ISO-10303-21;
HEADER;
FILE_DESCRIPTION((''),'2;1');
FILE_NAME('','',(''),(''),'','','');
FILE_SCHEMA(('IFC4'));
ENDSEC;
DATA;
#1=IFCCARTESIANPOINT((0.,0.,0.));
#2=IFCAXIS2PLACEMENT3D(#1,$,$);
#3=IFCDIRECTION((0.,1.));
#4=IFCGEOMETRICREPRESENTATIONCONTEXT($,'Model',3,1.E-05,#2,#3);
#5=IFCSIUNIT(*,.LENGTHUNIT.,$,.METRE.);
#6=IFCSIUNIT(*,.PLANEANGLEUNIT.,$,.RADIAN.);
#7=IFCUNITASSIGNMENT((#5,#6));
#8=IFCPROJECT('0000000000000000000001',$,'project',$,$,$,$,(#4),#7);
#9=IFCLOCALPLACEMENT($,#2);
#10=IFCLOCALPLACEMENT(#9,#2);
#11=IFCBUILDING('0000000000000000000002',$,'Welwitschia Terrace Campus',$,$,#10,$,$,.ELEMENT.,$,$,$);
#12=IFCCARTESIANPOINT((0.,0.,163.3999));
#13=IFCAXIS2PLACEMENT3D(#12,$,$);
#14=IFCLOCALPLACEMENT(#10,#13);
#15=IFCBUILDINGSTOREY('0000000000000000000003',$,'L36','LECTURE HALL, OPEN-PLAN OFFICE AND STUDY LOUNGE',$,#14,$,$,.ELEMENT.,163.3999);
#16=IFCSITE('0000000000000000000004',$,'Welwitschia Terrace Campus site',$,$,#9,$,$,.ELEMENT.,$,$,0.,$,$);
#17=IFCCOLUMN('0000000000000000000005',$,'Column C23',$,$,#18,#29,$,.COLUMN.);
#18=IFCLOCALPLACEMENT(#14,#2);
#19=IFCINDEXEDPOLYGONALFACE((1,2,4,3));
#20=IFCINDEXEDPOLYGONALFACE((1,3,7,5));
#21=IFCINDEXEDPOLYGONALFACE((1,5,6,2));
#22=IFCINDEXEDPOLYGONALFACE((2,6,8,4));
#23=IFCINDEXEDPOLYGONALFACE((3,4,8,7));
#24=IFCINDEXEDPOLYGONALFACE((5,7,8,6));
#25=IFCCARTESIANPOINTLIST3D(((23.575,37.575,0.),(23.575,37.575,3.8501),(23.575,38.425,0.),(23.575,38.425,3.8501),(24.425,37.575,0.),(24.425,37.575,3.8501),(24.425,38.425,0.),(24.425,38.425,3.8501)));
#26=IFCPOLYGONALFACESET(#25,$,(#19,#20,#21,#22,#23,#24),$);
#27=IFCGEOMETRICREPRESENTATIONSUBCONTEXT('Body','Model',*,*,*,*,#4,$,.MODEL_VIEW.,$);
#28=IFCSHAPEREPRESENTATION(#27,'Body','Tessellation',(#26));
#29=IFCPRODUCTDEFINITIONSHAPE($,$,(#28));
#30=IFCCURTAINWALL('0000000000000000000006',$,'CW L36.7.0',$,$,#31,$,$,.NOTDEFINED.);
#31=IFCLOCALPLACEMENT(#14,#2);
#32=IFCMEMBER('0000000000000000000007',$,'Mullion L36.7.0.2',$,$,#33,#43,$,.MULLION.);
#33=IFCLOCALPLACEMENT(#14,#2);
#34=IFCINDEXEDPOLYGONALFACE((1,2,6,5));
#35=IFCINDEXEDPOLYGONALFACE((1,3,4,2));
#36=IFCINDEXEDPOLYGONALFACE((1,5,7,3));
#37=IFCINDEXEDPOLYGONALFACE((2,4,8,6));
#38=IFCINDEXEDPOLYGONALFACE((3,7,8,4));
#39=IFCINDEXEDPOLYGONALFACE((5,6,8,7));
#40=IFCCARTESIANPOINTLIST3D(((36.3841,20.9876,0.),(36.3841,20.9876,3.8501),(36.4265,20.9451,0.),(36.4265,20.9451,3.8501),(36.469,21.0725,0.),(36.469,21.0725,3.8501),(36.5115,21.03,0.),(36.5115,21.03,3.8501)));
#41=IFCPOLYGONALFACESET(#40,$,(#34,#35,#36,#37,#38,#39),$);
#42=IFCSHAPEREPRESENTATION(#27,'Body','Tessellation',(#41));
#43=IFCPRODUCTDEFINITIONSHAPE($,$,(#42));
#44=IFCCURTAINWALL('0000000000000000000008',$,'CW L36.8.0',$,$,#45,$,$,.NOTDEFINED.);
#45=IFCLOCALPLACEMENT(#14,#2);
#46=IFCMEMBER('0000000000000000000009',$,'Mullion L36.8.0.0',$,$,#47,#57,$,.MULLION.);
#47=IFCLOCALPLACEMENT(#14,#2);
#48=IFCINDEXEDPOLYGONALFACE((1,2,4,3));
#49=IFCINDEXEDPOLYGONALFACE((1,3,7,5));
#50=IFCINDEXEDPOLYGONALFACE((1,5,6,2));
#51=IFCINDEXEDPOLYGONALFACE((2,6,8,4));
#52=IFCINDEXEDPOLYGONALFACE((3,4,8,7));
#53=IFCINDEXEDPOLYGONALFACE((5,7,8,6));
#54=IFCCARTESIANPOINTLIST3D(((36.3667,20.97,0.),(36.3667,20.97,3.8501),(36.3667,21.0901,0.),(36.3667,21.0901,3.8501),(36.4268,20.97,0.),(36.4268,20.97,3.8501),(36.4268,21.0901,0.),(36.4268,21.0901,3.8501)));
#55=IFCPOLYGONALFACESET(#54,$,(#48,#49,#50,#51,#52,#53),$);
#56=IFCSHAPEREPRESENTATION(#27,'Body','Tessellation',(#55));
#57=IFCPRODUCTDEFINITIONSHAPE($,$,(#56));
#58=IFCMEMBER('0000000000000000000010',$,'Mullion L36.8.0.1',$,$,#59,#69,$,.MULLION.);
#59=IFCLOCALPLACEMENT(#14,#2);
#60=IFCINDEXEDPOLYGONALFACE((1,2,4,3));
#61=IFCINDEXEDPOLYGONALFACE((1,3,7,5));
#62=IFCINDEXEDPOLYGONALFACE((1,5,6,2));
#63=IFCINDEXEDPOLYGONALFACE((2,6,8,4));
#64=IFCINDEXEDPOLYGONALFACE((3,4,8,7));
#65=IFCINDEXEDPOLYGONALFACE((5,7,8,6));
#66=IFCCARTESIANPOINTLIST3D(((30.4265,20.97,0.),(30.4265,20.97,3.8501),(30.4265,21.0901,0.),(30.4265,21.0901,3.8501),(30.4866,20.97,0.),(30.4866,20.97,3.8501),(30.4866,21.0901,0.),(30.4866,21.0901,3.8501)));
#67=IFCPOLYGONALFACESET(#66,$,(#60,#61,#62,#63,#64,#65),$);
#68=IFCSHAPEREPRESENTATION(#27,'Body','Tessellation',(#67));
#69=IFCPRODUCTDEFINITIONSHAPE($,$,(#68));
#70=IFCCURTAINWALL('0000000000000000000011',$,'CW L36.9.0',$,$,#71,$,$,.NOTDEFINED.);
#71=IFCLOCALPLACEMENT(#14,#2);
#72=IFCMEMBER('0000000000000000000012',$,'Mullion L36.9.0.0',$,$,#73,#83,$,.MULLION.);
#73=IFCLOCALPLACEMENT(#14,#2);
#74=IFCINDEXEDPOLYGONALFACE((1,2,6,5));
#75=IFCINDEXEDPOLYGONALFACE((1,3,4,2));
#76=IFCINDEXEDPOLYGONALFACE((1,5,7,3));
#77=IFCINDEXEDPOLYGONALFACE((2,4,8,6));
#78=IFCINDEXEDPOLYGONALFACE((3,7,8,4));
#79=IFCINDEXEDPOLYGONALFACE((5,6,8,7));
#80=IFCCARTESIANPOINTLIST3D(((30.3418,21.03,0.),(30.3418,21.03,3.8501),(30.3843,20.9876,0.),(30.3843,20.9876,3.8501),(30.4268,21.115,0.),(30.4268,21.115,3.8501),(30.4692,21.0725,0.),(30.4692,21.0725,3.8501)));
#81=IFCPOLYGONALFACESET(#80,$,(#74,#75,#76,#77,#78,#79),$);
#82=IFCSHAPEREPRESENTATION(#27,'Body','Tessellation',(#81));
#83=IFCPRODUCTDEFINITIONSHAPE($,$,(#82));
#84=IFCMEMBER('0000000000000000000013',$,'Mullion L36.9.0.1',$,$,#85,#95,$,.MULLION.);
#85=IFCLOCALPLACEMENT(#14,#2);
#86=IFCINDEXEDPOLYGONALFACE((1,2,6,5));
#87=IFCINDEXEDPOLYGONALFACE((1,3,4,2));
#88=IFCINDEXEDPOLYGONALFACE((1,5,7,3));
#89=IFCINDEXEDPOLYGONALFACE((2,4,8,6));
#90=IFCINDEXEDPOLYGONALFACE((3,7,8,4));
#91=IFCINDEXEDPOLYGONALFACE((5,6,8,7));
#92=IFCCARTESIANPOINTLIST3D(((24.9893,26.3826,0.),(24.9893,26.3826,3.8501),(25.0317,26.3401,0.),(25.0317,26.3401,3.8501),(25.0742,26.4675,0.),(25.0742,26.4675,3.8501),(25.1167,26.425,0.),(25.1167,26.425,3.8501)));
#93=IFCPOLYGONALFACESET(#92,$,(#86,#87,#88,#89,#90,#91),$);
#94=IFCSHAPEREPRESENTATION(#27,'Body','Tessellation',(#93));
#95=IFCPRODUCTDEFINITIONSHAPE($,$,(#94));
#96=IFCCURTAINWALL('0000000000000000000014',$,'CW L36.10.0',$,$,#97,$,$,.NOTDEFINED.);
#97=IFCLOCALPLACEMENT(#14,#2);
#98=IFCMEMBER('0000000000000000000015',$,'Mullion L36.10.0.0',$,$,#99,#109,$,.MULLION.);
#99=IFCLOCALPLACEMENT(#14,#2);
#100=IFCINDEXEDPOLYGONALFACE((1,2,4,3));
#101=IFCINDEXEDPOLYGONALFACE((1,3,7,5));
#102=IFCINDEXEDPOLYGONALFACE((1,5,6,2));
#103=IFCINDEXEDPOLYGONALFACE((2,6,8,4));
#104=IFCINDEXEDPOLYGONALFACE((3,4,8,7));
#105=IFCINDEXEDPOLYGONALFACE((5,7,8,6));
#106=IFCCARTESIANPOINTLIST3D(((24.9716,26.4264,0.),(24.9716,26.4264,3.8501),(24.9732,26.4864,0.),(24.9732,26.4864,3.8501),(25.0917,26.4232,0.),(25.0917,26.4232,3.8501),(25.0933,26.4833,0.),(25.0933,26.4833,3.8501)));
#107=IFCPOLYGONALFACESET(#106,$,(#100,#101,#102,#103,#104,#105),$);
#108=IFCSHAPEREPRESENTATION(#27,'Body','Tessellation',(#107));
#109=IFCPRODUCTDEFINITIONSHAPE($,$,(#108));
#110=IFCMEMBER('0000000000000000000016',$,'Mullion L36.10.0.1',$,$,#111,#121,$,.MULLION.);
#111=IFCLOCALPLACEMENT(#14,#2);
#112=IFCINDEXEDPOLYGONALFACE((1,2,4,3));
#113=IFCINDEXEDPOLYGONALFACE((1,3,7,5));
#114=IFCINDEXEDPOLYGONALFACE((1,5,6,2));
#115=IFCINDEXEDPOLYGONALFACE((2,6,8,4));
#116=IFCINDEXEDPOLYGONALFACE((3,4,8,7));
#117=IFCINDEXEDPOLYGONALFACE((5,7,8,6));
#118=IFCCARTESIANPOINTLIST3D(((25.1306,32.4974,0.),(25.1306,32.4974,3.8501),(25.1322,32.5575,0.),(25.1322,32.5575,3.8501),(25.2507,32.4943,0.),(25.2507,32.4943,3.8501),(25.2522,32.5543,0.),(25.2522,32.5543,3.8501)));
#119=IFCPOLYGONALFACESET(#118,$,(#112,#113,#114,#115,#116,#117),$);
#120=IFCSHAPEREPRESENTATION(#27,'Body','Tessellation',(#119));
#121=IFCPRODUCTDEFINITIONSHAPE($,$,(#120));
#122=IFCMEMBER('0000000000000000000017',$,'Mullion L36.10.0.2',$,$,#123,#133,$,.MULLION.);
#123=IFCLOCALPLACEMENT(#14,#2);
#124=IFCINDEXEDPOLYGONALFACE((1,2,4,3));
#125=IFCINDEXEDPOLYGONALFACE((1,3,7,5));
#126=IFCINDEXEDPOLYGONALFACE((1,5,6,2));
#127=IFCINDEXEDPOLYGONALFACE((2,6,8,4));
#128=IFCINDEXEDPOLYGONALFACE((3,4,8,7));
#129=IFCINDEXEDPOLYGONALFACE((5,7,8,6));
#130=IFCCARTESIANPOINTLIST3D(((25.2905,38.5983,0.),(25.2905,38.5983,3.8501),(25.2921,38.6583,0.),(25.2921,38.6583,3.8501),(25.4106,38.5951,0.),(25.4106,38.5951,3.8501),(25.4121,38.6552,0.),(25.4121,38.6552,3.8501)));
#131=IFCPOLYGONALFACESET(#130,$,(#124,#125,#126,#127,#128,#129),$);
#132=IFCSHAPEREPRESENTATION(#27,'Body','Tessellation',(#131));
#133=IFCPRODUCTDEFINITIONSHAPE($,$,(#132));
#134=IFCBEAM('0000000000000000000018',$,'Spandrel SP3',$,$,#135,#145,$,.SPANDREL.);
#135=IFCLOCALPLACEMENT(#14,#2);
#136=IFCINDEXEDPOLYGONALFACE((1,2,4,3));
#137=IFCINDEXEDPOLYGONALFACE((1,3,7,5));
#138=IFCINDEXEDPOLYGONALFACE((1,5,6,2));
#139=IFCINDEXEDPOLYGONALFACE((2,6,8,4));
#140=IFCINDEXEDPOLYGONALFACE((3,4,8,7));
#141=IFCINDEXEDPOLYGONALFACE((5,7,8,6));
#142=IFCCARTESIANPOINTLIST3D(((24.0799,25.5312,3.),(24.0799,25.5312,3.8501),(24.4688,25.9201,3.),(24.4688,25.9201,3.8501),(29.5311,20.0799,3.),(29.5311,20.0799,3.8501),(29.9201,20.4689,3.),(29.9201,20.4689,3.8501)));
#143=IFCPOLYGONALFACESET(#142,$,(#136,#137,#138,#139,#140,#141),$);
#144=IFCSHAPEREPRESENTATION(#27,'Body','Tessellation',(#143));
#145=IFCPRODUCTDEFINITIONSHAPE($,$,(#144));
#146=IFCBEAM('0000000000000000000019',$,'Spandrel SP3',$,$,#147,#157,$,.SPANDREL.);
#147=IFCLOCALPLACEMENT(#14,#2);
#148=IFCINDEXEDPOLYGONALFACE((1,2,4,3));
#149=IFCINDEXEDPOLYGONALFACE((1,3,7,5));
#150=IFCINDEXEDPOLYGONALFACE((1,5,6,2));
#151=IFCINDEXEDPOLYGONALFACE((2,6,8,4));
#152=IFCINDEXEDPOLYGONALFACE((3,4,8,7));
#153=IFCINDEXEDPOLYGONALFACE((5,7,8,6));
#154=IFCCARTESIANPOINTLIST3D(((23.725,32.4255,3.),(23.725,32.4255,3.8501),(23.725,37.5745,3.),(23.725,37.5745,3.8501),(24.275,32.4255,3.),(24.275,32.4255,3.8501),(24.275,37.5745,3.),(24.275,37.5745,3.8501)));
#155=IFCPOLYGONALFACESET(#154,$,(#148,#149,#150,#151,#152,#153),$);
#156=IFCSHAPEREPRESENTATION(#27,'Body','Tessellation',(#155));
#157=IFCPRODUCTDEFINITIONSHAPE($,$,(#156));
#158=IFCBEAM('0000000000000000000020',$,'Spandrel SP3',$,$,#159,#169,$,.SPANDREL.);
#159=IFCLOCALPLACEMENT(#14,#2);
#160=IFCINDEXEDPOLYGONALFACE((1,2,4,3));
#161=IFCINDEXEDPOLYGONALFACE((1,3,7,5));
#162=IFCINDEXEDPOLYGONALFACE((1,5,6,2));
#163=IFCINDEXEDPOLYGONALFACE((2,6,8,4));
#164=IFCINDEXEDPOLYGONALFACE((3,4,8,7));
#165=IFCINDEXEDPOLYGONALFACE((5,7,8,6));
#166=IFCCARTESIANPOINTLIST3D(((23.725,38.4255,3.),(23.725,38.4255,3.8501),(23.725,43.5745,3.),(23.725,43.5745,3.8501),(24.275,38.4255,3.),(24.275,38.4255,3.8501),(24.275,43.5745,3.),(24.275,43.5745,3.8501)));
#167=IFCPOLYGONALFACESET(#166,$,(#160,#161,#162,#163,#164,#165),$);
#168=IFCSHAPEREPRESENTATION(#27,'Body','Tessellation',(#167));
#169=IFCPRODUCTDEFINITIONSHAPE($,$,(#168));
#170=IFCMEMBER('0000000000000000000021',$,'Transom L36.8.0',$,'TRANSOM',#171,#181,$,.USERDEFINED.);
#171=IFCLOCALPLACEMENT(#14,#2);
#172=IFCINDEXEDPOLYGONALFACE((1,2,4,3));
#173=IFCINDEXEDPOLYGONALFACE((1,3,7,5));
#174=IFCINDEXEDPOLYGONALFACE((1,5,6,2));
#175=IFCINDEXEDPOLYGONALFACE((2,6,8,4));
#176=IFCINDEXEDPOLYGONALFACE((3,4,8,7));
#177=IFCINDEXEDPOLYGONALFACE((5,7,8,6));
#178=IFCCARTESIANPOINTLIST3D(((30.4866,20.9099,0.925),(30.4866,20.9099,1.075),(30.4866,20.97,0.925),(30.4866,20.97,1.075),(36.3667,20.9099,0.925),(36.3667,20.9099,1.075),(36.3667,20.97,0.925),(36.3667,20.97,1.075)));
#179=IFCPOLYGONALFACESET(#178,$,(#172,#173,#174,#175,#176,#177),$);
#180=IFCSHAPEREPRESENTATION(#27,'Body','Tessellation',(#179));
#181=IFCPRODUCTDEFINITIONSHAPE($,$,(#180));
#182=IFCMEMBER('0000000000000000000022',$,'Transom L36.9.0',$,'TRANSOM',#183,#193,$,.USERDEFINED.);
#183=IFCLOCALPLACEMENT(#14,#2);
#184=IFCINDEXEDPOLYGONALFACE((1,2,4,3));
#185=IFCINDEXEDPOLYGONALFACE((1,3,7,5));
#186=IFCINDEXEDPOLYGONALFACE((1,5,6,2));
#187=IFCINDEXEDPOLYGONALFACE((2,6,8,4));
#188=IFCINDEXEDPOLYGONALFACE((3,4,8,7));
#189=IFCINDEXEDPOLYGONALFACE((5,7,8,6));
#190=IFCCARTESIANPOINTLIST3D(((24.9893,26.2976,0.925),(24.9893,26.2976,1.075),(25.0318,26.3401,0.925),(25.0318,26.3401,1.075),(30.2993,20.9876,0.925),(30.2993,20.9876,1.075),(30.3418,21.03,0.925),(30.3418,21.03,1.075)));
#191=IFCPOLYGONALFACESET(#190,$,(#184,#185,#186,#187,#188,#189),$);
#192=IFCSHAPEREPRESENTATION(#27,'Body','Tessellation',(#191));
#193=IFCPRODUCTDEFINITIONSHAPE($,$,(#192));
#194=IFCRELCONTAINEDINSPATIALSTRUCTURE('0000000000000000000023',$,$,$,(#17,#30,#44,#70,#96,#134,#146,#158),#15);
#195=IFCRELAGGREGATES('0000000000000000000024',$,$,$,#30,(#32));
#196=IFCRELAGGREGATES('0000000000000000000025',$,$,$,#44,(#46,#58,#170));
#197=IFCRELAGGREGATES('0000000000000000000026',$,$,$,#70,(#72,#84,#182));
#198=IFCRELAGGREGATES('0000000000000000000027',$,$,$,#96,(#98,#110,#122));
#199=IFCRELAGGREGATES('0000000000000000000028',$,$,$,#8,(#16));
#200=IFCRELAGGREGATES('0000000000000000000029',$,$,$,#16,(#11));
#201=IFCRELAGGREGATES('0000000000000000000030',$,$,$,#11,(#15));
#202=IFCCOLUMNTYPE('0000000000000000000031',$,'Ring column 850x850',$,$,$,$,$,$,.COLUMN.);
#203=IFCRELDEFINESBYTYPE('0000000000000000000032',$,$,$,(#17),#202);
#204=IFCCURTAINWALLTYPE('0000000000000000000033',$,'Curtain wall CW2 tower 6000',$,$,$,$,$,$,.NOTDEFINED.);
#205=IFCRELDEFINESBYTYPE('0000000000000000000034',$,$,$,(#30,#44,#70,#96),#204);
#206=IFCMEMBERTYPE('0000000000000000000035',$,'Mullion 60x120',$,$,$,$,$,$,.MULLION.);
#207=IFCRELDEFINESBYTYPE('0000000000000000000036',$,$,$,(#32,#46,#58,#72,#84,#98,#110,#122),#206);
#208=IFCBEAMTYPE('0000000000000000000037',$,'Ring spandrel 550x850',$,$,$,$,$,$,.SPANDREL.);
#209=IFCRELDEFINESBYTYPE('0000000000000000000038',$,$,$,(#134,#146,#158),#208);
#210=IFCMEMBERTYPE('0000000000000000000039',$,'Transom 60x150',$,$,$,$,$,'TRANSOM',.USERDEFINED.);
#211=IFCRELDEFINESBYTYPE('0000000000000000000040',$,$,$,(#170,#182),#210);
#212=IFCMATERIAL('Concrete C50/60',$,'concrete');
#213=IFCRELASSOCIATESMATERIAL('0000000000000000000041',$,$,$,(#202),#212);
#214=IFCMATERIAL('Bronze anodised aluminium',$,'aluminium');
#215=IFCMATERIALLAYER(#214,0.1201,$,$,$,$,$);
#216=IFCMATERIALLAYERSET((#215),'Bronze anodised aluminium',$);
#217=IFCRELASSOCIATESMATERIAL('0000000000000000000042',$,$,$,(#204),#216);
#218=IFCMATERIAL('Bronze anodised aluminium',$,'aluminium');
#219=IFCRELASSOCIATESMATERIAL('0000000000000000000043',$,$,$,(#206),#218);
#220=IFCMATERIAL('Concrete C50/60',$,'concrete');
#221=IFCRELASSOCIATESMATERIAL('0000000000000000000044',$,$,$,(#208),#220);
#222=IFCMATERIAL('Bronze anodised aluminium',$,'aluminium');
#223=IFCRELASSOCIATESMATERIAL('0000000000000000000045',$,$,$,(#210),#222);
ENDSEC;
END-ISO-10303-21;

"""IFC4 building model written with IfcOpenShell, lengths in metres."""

from ifc_helpers import new_model, si_unit, direction, frame, origin, origin_2d, place, context, subcontext, project, spatial, rectangle, extrude, material, layer, layer_set, material_profile, profile_set, type_object, element, aggregate, save


model = new_model("IFC4")

# Units and contexts
model_context = context("Model", 3, precision=1e-05, world=origin(), true_north=direction((0.0, 1.0)))
body_context = subcontext(model_context, "Body", "Model", "MODEL_VIEW")
ifc_project = project(units=[si_unit("LENGTHUNIT", "METRE"), si_unit("PLANEANGLEUNIT", "RADIAN")], contexts=[model_context])

# Site, building, storey
site_placement = place(None, origin())
site = spatial("IfcSite", under=ifc_project, at=site_placement, Name="Welwitschia Terrace Campus site", CompositionType="ELEMENT", RefElevation=0.0)
building_placement = place(site_placement, origin())
building = spatial("IfcBuilding", under=site, at=building_placement, Name="Welwitschia Terrace Campus", CompositionType="ELEMENT")
storey_placement = place(building_placement, frame((0.0, 0.0, 163.3999)))
storey = spatial("IfcBuildingStorey", under=building, at=storey_placement, Name="L36", Description="LECTURE HALL, OPEN-PLAN OFFICE AND STUDY LOUNGE", CompositionType="ELEMENT", Elevation=163.3999)

# Column
ifc_material_1 = material(Name="Concrete C50/60", Category="concrete")
ifc_material_profile_1 = material_profile(ifc_material_1, rectangle(XDim=0.8501, YDim=0.8501, at=origin_2d()))
ifc_profile_set_1 = profile_set([ifc_material_profile_1], Name="Concrete C50/60")
column_type = type_object("IfcColumnType", Name="Ring column 850x850", PredefinedType="COLUMN", material=ifc_profile_set_1)
column_placement = place(storey_placement, frame((24.0, 38.0, 0.0), z_axis=(0.0, 0.0, 1.0), x_axis=(1.0, 0.0, 0.0)))
element("IfcColumn", 1, at=column_placement, inside=storey, type_object=column_type, Name="Column C23", PredefinedType="COLUMN", context=body_context, shape_type="SweptSolid", body=[
    extrude(rectangle(XDim=0.8501, YDim=0.8501, at=origin_2d()), origin(), (0.0, 0.0, 1.0), 3.8501),
])

# Curtain wall, member
ifc_material_2 = material(Name="Bronze anodised aluminium", Category="aluminium")
ifc_layer_1 = layer(ifc_material_2, 0.1201)
ifc_layer_set_1 = layer_set([ifc_layer_1], Name="Bronze anodised aluminium")
curtain_wall_type = type_object("IfcCurtainWallType", Name="Curtain wall CW2 tower 6000", PredefinedType="NOTDEFINED", material=ifc_layer_set_1)
curtain_wall_1_placement = place(storey_placement, origin())
curtain_wall_1 = element("IfcCurtainWall", 2, at=curtain_wall_1_placement, inside=storey, type_object=curtain_wall_type, Name="CW L36.7.0", PredefinedType="NOTDEFINED")
ifc_material_3 = material(Name="Bronze anodised aluminium", Category="aluminium")
ifc_material_profile_2 = material_profile(ifc_material_3, rectangle(XDim=0.1201, YDim=0.0601, at=origin_2d()))
ifc_profile_set_2 = profile_set([ifc_material_profile_2], Name="Bronze anodised aluminium")
member_type_1 = type_object("IfcMemberType", Name="Mullion 60x120", PredefinedType="MULLION", material=ifc_profile_set_2)
member_1_placement = place(storey_placement, frame((36.4478, 21.0088, 0.0), z_axis=(0.0, 0.0, 1.0), x_axis=(-0.707107, -0.707107, 0.0)))
member_1 = element("IfcMember", 3, at=member_1_placement, type_object=member_type_1, Name="Mullion L36.7.0.2", PredefinedType="MULLION", context=body_context, shape_type="SweptSolid", body=[
    extrude(rectangle(XDim=0.1201, YDim=0.0601, at=origin_2d()), origin(), (0.0, 0.0, 1.0), 3.8501),
])
aggregate(curtain_wall_1, [member_1])

# Curtain walls, members
curtain_wall_2_placement = place(storey_placement, origin())
curtain_wall_2 = element("IfcCurtainWall", 4, at=curtain_wall_2_placement, inside=storey, type_object=curtain_wall_type, Name="CW L36.8.0", PredefinedType="NOTDEFINED")
member_2_placement = place(storey_placement, frame((36.3967, 21.03, 0.0), z_axis=(0.0, 0.0, 1.0), x_axis=(0.0, -1.0, 0.0)))
member_2 = element("IfcMember", 5, at=member_2_placement, type_object=member_type_1, Name="Mullion L36.8.0.0", PredefinedType="MULLION", context=body_context, shape_type="SweptSolid", body=[
    extrude(rectangle(XDim=0.1201, YDim=0.0601, at=origin_2d()), origin(), (0.0, 0.0, 1.0), 3.8501),
])
member_3_placement = place(storey_placement, frame((30.4565, 21.03, 0.0), z_axis=(0.0, 0.0, 1.0), x_axis=(0.0, -1.0, 0.0)))
member_3 = element("IfcMember", 6, at=member_3_placement, type_object=member_type_1, Name="Mullion L36.8.0.1", PredefinedType="MULLION", context=body_context, shape_type="SweptSolid", body=[
    extrude(rectangle(XDim=0.1201, YDim=0.0601, at=origin_2d()), origin(), (0.0, 0.0, 1.0), 3.8501),
])
curtain_wall_3_placement = place(storey_placement, origin())
curtain_wall_3 = element("IfcCurtainWall", 7, at=curtain_wall_3_placement, inside=storey, type_object=curtain_wall_type, Name="CW L36.9.0", PredefinedType="NOTDEFINED")
member_4_placement = place(storey_placement, frame((30.4055, 21.0513, 0.0), z_axis=(0.0, 0.0, 1.0), x_axis=(-0.707107, -0.707107, 0.0)))
member_4 = element("IfcMember", 8, at=member_4_placement, type_object=member_type_1, Name="Mullion L36.9.0.0", PredefinedType="MULLION", context=body_context, shape_type="SweptSolid", body=[
    extrude(rectangle(XDim=0.1201, YDim=0.0601, at=origin_2d()), origin(), (0.0, 0.0, 1.0), 3.8501),
])
member_5_placement = place(storey_placement, frame((25.053, 26.4038, 0.0), z_axis=(0.0, 0.0, 1.0), x_axis=(-0.707107, -0.707107, 0.0)))
member_5 = element("IfcMember", 9, at=member_5_placement, type_object=member_type_1, Name="Mullion L36.9.0.1", PredefinedType="MULLION", context=body_context, shape_type="SweptSolid", body=[
    extrude(rectangle(XDim=0.1201, YDim=0.0601, at=origin_2d()), origin(), (0.0, 0.0, 1.0), 3.8501),
])
curtain_wall_4_placement = place(storey_placement, origin())
curtain_wall_4 = element("IfcCurtainWall", 10, at=curtain_wall_4_placement, inside=storey, type_object=curtain_wall_type, Name="CW L36.10.0", PredefinedType="NOTDEFINED")
member_6_placement = place(storey_placement, frame((25.0325, 26.4548, 0.0), z_axis=(0.0, 0.0, 1.0), x_axis=(-0.999657, 0.026177, 0.0)))
member_6 = element("IfcMember", 11, at=member_6_placement, type_object=member_type_1, Name="Mullion L36.10.0.0", PredefinedType="MULLION", context=body_context, shape_type="SweptSolid", body=[
    extrude(rectangle(XDim=0.1201, YDim=0.0601, at=origin_2d()), origin(), (0.0, 0.0, 1.0), 3.8501),
])
member_7_placement = place(storey_placement, frame((25.1914, 32.5259, 0.0), z_axis=(0.0, 0.0, 1.0), x_axis=(-0.999657, 0.026177, 0.0)))
member_7 = element("IfcMember", 12, at=member_7_placement, type_object=member_type_1, Name="Mullion L36.10.0.1", PredefinedType="MULLION", context=body_context, shape_type="SweptSolid", body=[
    extrude(rectangle(XDim=0.1201, YDim=0.0601, at=origin_2d()), origin(), (0.0, 0.0, 1.0), 3.8501),
])
member_8_placement = place(storey_placement, frame((25.3513, 38.6267, 0.0), z_axis=(0.0, 0.0, 1.0), x_axis=(-0.999657, 0.026177, 0.0)))
member_8 = element("IfcMember", 13, at=member_8_placement, type_object=member_type_1, Name="Mullion L36.10.0.2", PredefinedType="MULLION", context=body_context, shape_type="SweptSolid", body=[
    extrude(rectangle(XDim=0.1201, YDim=0.0601, at=origin_2d()), origin(), (0.0, 0.0, 1.0), 3.8501),
])

# Beams
ifc_material_4 = material(Name="Concrete C50/60", Category="concrete")
ifc_material_profile_3 = material_profile(ifc_material_4, rectangle(XDim=0.55, YDim=0.8501, at=origin_2d()))
ifc_profile_set_3 = profile_set([ifc_material_profile_3], Name="Concrete C50/60")
beam_type = type_object("IfcBeamType", Name="Ring spandrel 550x850", PredefinedType="SPANDREL", material=ifc_profile_set_3)
beam_placement = place(storey_placement, frame((29.7256, 20.2744, 3.425), z_axis=(-0.707107, 0.707107, 0.0), x_axis=(-0.707107, -0.707107, 0.0)))
element("IfcBeam", 14, at=beam_placement, inside=storey, type_object=beam_type, Name="Spandrel SP3", PredefinedType="SPANDREL", context=body_context, shape_type="SweptSolid", body=[
    extrude(rectangle(XDim=0.55, YDim=0.8501, at=origin_2d()), origin(), (0.0, 0.0, 1.0), 7.7092),
])
for number, where, z_axis, x_axis, name in (
    (15, (24.0, 32.4255, 3.425), (0.0, 1.0, 0.0), (-1.0, 0.0, 0.0), "Spandrel SP3"),
    (16, (24.0, 38.4255, 3.425), (0.0, 1.0, 0.0), (-1.0, 0.0, 0.0), "Spandrel SP3"),
):
    element("IfcBeam", number, at=place(storey_placement, frame(where, z_axis=z_axis, x_axis=x_axis)), inside=storey, type_object=beam_type, Name=name, PredefinedType="SPANDREL", context=body_context, shape_type="SweptSolid", body=[
        extrude(rectangle(XDim=0.55, YDim=0.8501, at=origin_2d()), origin(), (0.0, 0.0, 1.0), 5.1489),
    ])

# Members
ifc_material_5 = material(Name="Bronze anodised aluminium", Category="aluminium")
ifc_material_profile_4 = material_profile(ifc_material_5, rectangle(XDim=0.0601, YDim=0.1499, at=origin_2d()))
ifc_profile_set_4 = profile_set([ifc_material_profile_4], Name="Bronze anodised aluminium")
member_type_2 = type_object("IfcMemberType", Name="Transom 60x150", ElementType="TRANSOM", PredefinedType="USERDEFINED", material=ifc_profile_set_4)
member_9_placement = place(storey_placement, frame((36.3667, 20.9399, 1.0), z_axis=(-1.0, 0.0, 0.0), x_axis=(0.0, -1.0, 0.0)))
member_9 = element("IfcMember", 17, at=member_9_placement, type_object=member_type_2, Name="Transom L36.8.0", ObjectType="TRANSOM", PredefinedType="USERDEFINED", context=body_context, shape_type="SweptSolid", body=[
    extrude(rectangle(XDim=0.0601, YDim=0.1499, at=origin_2d()), origin(), (0.0, 0.0, 1.0), 5.8801),
])
member_10_placement = place(storey_placement, frame((30.3206, 21.0088, 1.0), z_axis=(-0.707107, 0.707107, 0.0), x_axis=(-0.707107, -0.707107, 0.0)))
member_10 = element("IfcMember", 18, at=member_10_placement, type_object=member_type_2, Name="Transom L36.9.0", ObjectType="TRANSOM", PredefinedType="USERDEFINED", context=body_context, shape_type="SweptSolid", body=[
    extrude(rectangle(XDim=0.0601, YDim=0.1499, at=origin_2d()), origin(), (0.0, 0.0, 1.0), 7.5095),
])

aggregate(curtain_wall_2, [member_2, member_3, member_9])
aggregate(curtain_wall_3, [member_4, member_5, member_10])
aggregate(curtain_wall_4, [member_6, member_7, member_8])

save(model, "model.ifc")
